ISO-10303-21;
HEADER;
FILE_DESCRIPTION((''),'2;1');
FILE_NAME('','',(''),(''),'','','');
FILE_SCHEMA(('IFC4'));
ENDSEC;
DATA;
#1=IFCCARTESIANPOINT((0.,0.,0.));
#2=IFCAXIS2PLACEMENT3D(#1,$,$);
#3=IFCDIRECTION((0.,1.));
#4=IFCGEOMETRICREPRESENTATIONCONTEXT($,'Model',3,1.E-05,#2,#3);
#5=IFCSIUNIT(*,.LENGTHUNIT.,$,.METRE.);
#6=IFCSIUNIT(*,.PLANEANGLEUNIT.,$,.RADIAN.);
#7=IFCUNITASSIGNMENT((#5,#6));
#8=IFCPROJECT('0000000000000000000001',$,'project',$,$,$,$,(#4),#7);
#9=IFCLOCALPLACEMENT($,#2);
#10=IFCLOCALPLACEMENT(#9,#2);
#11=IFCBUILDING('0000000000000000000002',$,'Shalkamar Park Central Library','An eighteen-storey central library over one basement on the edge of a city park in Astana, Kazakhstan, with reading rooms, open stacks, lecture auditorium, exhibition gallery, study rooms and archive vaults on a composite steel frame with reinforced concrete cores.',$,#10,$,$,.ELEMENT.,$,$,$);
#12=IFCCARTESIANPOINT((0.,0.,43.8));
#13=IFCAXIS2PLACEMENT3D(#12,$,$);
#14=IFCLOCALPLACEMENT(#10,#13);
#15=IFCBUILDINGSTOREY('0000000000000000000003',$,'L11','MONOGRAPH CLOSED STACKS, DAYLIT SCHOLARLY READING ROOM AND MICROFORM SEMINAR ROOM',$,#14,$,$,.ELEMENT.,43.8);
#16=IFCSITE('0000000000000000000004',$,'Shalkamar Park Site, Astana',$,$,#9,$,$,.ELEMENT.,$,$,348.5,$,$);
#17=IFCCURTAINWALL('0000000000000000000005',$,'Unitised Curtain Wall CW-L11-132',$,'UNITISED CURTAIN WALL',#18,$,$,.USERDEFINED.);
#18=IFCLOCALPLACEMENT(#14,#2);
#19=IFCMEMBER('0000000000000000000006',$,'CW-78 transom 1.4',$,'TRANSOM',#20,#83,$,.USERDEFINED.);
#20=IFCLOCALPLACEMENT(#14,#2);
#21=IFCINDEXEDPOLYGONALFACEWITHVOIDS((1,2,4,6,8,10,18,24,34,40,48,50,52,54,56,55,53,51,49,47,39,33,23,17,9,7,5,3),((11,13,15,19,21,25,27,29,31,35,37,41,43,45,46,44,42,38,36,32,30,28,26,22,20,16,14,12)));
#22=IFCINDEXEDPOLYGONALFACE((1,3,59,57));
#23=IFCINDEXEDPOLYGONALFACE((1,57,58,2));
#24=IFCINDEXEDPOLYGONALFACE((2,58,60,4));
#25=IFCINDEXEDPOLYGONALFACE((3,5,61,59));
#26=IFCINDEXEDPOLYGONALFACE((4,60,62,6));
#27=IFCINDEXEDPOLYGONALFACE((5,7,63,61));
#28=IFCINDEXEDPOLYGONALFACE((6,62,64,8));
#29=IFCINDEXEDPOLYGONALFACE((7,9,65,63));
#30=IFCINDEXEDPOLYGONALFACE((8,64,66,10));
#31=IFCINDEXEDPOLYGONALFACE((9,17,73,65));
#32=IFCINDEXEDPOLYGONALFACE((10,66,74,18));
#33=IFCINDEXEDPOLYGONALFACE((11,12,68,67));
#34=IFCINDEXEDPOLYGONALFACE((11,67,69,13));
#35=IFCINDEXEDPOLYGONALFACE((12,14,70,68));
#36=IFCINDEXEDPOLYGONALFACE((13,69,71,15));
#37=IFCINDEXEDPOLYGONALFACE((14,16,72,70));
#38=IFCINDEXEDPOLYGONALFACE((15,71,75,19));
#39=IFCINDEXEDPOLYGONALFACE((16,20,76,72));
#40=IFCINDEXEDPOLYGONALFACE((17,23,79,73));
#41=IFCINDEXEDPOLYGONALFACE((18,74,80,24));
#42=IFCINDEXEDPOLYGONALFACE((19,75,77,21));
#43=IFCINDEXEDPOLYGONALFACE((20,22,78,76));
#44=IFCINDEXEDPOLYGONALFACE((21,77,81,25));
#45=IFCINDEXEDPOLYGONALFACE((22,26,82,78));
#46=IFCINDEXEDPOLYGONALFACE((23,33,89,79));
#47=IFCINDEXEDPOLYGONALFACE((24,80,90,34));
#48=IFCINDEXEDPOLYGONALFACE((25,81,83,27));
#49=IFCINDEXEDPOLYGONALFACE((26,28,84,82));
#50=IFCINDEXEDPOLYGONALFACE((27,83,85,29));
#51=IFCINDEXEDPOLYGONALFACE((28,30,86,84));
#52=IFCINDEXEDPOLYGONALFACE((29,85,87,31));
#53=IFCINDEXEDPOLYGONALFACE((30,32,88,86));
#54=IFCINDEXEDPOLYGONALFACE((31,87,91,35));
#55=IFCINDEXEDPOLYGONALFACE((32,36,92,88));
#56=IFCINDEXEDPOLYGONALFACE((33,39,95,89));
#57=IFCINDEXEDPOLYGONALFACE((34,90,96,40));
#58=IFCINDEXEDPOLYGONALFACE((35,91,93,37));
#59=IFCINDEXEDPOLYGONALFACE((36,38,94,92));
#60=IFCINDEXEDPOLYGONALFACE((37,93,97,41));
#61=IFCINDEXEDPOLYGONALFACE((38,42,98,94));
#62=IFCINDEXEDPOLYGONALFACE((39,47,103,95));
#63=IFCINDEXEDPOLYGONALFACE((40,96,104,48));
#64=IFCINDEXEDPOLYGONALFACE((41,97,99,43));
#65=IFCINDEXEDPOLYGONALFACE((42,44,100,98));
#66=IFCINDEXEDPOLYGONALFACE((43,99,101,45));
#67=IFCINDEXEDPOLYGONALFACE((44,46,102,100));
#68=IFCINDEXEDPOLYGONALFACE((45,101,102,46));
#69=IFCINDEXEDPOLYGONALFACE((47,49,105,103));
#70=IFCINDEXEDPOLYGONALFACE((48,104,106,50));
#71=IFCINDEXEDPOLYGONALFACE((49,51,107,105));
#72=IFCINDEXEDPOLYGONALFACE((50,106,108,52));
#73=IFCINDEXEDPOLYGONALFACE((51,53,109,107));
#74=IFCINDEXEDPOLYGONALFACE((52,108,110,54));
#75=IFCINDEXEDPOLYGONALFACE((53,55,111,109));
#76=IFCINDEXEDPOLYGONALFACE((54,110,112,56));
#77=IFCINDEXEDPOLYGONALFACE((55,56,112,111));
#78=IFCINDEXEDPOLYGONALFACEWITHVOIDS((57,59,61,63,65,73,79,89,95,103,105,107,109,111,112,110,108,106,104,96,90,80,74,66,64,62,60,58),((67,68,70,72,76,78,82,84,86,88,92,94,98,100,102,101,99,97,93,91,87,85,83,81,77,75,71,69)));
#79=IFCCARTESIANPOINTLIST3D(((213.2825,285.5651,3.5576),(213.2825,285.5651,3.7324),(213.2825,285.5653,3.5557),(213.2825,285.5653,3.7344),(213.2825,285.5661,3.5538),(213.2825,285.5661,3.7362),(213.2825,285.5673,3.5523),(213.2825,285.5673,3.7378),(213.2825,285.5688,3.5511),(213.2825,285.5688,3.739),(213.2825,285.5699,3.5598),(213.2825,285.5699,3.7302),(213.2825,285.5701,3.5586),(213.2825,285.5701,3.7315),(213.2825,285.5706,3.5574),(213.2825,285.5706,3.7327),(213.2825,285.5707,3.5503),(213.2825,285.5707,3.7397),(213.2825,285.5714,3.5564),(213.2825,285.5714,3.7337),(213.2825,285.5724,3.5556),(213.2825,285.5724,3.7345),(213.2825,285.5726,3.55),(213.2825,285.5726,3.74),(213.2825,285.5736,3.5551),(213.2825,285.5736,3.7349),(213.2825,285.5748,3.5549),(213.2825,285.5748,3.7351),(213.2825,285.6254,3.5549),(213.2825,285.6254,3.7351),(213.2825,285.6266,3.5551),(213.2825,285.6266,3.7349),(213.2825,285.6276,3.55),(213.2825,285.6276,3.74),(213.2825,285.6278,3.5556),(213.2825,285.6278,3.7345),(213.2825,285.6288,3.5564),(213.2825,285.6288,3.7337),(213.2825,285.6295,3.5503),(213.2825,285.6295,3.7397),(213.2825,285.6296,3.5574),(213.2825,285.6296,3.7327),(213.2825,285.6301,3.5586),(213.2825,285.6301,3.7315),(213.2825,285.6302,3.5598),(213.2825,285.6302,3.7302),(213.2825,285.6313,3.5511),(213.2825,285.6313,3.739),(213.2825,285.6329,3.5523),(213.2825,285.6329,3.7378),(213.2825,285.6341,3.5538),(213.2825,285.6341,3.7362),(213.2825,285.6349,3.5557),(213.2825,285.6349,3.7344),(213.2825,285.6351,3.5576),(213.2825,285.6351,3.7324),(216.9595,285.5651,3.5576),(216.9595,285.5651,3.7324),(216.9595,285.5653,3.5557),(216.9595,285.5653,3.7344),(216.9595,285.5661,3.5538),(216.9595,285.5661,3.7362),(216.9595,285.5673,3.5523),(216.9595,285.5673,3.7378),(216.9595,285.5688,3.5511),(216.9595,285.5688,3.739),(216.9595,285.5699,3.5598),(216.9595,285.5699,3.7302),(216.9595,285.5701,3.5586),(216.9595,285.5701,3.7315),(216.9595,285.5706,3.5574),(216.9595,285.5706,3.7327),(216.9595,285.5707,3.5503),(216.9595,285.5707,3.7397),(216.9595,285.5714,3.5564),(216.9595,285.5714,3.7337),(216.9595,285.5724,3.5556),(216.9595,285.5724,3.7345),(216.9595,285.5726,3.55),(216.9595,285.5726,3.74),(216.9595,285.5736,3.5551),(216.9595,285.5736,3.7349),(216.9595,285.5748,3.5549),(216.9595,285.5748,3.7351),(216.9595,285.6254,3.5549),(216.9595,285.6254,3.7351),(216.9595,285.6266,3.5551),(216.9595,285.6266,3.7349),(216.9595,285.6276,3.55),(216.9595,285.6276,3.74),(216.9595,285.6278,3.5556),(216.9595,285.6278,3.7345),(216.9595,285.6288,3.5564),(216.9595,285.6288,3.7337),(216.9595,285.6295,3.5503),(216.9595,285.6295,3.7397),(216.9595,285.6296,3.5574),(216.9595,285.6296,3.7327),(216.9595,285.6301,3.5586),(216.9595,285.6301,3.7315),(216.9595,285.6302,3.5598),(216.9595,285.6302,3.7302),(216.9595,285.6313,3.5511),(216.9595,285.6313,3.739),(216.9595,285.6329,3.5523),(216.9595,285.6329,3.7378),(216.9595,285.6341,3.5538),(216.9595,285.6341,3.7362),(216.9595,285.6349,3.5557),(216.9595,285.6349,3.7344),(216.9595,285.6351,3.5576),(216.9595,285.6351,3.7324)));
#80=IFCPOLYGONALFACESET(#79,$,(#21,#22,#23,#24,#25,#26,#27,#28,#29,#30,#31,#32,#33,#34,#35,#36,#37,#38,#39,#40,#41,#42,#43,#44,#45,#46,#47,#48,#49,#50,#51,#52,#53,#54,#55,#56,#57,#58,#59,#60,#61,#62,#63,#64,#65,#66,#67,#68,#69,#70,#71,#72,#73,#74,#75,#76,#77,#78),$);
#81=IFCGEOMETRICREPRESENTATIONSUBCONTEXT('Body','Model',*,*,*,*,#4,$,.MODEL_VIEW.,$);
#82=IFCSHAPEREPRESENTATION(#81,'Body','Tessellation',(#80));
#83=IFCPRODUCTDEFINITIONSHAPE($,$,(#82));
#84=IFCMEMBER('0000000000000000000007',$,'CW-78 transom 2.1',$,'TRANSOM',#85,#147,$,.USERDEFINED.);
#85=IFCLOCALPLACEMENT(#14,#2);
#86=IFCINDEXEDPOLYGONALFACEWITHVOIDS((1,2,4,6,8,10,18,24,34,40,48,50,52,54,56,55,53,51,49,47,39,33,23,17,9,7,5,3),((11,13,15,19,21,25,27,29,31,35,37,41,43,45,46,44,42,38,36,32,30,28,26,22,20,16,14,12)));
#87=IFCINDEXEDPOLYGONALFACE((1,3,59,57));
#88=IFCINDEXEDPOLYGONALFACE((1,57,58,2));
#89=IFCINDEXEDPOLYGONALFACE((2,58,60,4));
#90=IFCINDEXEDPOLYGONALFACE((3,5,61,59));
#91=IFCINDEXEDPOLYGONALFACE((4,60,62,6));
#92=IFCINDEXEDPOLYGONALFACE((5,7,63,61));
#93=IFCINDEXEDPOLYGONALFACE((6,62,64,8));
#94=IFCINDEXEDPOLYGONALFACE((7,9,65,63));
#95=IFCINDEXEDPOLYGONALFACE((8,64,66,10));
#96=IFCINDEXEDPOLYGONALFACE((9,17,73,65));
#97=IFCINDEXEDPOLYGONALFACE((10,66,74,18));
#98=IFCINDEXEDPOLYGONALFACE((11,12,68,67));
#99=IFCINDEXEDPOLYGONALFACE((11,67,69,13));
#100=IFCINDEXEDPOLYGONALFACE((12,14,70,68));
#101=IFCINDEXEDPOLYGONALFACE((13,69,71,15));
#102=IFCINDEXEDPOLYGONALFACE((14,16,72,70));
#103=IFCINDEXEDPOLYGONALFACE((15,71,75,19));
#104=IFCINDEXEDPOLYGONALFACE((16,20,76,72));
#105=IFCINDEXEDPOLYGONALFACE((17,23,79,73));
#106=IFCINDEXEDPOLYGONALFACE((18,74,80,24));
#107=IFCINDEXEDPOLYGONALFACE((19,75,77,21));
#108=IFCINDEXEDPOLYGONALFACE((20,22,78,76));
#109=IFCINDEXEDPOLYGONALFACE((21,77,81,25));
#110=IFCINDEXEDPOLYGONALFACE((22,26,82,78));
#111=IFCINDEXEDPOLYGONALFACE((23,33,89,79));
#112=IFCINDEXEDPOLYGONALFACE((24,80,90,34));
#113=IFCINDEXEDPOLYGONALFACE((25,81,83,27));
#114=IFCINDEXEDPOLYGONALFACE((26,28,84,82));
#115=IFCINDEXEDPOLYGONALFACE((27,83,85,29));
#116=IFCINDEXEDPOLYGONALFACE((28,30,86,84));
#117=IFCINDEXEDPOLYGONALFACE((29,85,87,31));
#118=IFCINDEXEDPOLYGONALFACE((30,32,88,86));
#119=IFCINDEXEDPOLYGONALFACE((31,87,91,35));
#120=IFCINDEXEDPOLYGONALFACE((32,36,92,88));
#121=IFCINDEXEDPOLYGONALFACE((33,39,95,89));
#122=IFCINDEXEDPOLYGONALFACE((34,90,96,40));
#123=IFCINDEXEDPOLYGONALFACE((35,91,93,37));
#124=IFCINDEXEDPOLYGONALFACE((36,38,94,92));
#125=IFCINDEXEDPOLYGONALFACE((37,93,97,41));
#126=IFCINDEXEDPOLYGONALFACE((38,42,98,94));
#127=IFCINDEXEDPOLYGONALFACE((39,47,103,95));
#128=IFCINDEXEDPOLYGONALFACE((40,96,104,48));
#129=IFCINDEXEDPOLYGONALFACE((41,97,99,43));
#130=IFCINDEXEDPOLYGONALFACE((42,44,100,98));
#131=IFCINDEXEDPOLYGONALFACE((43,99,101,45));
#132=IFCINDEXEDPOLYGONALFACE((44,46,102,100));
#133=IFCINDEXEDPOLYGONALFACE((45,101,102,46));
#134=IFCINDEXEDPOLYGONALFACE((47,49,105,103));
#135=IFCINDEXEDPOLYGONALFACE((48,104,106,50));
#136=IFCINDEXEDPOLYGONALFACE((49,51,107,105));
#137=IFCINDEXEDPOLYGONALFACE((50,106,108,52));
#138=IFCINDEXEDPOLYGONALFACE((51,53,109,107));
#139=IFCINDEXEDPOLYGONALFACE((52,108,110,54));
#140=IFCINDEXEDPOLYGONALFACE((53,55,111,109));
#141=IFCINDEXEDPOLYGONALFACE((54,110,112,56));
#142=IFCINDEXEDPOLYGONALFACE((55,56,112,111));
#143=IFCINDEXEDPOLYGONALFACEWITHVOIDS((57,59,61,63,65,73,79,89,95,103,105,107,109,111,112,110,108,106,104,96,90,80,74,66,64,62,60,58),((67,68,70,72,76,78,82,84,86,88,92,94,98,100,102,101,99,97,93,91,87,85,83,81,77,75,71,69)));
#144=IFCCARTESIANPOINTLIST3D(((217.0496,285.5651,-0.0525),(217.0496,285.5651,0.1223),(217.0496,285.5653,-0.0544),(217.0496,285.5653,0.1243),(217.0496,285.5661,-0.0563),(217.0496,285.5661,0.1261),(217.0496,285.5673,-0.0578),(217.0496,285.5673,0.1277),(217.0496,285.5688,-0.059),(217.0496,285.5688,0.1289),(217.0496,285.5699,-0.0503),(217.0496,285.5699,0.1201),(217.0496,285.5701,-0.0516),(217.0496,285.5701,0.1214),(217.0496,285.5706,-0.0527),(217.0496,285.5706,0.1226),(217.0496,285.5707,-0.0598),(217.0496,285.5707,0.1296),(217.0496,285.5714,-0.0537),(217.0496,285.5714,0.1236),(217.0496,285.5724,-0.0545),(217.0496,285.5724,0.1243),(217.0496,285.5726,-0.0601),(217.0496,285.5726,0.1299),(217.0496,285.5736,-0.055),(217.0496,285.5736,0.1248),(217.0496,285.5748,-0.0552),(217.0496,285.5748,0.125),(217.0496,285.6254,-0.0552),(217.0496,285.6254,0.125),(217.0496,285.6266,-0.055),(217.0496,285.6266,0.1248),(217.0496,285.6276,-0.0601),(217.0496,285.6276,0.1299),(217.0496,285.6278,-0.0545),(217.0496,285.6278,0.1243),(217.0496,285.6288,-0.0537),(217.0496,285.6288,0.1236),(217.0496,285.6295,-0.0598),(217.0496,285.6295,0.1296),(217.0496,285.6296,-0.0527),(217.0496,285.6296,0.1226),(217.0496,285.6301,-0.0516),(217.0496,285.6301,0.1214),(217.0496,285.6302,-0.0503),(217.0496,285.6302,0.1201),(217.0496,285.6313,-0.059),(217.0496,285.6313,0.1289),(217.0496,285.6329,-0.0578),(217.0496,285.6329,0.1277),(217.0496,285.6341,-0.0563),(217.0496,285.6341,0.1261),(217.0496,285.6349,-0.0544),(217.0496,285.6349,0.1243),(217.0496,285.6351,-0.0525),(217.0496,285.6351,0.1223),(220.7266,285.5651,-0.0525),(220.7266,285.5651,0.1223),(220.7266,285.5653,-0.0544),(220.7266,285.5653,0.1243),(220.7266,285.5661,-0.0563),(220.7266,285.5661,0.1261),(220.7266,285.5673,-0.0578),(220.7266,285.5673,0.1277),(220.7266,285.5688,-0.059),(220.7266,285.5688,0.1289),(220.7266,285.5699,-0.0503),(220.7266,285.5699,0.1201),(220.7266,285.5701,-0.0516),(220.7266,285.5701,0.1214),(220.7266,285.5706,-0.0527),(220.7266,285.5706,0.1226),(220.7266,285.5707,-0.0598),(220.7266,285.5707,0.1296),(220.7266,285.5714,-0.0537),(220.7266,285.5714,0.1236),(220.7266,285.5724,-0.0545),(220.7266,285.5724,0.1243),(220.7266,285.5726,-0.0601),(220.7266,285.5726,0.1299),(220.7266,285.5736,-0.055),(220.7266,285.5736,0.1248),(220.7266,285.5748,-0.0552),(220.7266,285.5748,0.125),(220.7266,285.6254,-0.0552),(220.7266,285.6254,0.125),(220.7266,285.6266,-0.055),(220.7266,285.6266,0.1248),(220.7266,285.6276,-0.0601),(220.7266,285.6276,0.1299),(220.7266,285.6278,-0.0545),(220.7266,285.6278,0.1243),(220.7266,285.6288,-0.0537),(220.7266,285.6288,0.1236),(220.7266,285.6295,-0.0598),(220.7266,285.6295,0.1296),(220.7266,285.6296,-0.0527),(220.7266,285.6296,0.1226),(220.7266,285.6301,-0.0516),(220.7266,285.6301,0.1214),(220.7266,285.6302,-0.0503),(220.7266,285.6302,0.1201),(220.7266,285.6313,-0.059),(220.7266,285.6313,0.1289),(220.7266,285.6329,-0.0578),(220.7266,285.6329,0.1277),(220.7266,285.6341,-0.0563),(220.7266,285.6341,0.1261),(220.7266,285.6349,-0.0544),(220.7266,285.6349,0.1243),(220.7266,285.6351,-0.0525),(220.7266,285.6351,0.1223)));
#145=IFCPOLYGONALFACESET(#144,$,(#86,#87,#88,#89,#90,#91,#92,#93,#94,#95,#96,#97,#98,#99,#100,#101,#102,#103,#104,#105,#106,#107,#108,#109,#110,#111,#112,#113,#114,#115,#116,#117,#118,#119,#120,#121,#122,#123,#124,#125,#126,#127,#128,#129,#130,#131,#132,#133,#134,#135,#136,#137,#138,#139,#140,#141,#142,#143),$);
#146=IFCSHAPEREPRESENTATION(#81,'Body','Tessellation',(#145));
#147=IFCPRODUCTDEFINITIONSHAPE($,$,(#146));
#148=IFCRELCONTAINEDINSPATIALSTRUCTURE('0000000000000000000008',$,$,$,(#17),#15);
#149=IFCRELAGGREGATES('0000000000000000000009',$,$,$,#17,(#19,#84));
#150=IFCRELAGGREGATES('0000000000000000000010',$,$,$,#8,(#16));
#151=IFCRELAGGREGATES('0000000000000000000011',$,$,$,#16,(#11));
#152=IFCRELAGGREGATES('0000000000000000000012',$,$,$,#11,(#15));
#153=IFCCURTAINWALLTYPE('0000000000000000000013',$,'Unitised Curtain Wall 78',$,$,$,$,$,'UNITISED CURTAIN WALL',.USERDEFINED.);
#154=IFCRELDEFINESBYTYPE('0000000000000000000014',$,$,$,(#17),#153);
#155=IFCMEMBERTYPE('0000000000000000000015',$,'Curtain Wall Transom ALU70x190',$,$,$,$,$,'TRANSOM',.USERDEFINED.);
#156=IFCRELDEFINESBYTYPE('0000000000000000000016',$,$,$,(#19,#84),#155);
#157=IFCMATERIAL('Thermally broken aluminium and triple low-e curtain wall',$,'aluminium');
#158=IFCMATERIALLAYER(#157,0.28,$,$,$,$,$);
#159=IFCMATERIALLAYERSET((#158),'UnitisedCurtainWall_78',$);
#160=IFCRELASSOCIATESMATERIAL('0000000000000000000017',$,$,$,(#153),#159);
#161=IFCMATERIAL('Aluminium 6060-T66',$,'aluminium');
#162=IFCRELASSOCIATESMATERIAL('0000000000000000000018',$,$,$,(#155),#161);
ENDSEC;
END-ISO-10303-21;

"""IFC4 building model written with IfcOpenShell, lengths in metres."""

from ifc_helpers import new_model, si_unit, direction, frame, origin, origin_2d, place, context, subcontext, project, spatial, hollow_rectangle, extrude, material, layer, layer_set, material_profile, profile_set, type_object, element, aggregate, save


model = new_model("IFC4")

# Units and contexts
model_context = context("Model", 3, precision=1e-05, world=origin(), true_north=direction((0.0, 1.0)))
body_context = subcontext(model_context, "Body", "Model", "MODEL_VIEW")
ifc_project = project(units=[si_unit("LENGTHUNIT", "METRE"), si_unit("PLANEANGLEUNIT", "RADIAN")], contexts=[model_context])

# Site, building, storey
site_placement = place(None, origin())
site = spatial("IfcSite", under=ifc_project, at=site_placement, Name="Shalkamar Park Site, Astana", CompositionType="ELEMENT", RefElevation=348.5)
building_placement = place(site_placement, origin())
building = spatial("IfcBuilding", under=site, at=building_placement, Name="Shalkamar Park Central Library", Description="An eighteen-storey central library over one basement on the edge of a city park in Astana, Kazakhstan, with reading rooms, open stacks, lecture auditorium, exhibition gallery, study rooms and archive vaults on a composite steel frame with reinforced concrete cores.", CompositionType="ELEMENT")
storey_placement = place(building_placement, frame((0.0, 0.0, 43.8)))
storey = spatial("IfcBuildingStorey", under=building, at=storey_placement, Name="L11", Description="MONOGRAPH CLOSED STACKS, DAYLIT SCHOLARLY READING ROOM AND MICROFORM SEMINAR ROOM", CompositionType="ELEMENT", Elevation=43.8)

# Shared definitions
ifc_material_1 = material(Name="Thermally broken aluminium and triple low-e curtain wall", Category="aluminium")
ifc_material_2 = material(Name="Aluminium 6060-T66", Category="aluminium")

# Curtain wall
ifc_layer_1 = layer(ifc_material_1, 0.28)
ifc_layer_set_1 = layer_set([ifc_layer_1], Name="UnitisedCurtainWall_78")
curtain_wall_type_1 = type_object("IfcCurtainWallType", Name="Unitised Curtain Wall 78", ElementType="UNITISED CURTAIN WALL", PredefinedType="USERDEFINED", material=ifc_layer_set_1)
curtain_wall_1_placement = place(storey_placement, origin())
curtain_wall_1 = element("IfcCurtainWall", 1, at=curtain_wall_1_placement, inside=storey, type_object=curtain_wall_type_1, Name="Unitised Curtain Wall CW-L11-132", ObjectType="UNITISED CURTAIN WALL", PredefinedType="USERDEFINED")

# Members
ifc_material_profile_1 = material_profile(ifc_material_2, hollow_rectangle(XDim=0.0701, YDim=0.1899, WallThickness=0.0049, InnerFilletRadius=0.0049, OuterFilletRadius=0.0076, at=origin_2d()), Name="ALU 70x190x5")
ifc_profile_set_1 = profile_set([ifc_material_profile_1], Name="Aluminium 6060-T66")
member_type_1 = type_object("IfcMemberType", Name="Curtain Wall Transom ALU70x190", ElementType="TRANSOM", PredefinedType="USERDEFINED", material=ifc_profile_set_1)
member_1_placement = place(storey_placement, frame((213.2825, 285.6001, 3.645), z_axis=(1.0, 0.0, 0.0), x_axis=(0.0, 1.0, 0.0)))
member_1 = element("IfcMember", 2, at=member_1_placement, type_object=member_type_1, Name="CW-78 transom 1.4", ObjectType="TRANSOM", PredefinedType="USERDEFINED", context=body_context, shape_type="SweptSolid", body=[
    extrude(hollow_rectangle(XDim=0.0701, YDim=0.1899, WallThickness=0.0049, InnerFilletRadius=0.0049, OuterFilletRadius=0.0076, at=origin_2d()), origin(), (0.0, 0.0, 1.0), 3.677),
])
member_2_placement = place(storey_placement, frame((217.0496, 285.6001, 0.0349), z_axis=(1.0, 0.0, 0.0), x_axis=(0.0, 1.0, 0.0)))
member_2 = element("IfcMember", 3, at=member_2_placement, type_object=member_type_1, Name="CW-78 transom 2.1", ObjectType="TRANSOM", PredefinedType="USERDEFINED", context=body_context, shape_type="SweptSolid", body=[
    extrude(hollow_rectangle(XDim=0.0701, YDim=0.1899, WallThickness=0.0049, InnerFilletRadius=0.0049, OuterFilletRadius=0.0076, at=origin_2d()), origin(), (0.0, 0.0, 1.0), 3.677),
])

aggregate(curtain_wall_1, [member_1, member_2])

save(model, "model.ifc")
